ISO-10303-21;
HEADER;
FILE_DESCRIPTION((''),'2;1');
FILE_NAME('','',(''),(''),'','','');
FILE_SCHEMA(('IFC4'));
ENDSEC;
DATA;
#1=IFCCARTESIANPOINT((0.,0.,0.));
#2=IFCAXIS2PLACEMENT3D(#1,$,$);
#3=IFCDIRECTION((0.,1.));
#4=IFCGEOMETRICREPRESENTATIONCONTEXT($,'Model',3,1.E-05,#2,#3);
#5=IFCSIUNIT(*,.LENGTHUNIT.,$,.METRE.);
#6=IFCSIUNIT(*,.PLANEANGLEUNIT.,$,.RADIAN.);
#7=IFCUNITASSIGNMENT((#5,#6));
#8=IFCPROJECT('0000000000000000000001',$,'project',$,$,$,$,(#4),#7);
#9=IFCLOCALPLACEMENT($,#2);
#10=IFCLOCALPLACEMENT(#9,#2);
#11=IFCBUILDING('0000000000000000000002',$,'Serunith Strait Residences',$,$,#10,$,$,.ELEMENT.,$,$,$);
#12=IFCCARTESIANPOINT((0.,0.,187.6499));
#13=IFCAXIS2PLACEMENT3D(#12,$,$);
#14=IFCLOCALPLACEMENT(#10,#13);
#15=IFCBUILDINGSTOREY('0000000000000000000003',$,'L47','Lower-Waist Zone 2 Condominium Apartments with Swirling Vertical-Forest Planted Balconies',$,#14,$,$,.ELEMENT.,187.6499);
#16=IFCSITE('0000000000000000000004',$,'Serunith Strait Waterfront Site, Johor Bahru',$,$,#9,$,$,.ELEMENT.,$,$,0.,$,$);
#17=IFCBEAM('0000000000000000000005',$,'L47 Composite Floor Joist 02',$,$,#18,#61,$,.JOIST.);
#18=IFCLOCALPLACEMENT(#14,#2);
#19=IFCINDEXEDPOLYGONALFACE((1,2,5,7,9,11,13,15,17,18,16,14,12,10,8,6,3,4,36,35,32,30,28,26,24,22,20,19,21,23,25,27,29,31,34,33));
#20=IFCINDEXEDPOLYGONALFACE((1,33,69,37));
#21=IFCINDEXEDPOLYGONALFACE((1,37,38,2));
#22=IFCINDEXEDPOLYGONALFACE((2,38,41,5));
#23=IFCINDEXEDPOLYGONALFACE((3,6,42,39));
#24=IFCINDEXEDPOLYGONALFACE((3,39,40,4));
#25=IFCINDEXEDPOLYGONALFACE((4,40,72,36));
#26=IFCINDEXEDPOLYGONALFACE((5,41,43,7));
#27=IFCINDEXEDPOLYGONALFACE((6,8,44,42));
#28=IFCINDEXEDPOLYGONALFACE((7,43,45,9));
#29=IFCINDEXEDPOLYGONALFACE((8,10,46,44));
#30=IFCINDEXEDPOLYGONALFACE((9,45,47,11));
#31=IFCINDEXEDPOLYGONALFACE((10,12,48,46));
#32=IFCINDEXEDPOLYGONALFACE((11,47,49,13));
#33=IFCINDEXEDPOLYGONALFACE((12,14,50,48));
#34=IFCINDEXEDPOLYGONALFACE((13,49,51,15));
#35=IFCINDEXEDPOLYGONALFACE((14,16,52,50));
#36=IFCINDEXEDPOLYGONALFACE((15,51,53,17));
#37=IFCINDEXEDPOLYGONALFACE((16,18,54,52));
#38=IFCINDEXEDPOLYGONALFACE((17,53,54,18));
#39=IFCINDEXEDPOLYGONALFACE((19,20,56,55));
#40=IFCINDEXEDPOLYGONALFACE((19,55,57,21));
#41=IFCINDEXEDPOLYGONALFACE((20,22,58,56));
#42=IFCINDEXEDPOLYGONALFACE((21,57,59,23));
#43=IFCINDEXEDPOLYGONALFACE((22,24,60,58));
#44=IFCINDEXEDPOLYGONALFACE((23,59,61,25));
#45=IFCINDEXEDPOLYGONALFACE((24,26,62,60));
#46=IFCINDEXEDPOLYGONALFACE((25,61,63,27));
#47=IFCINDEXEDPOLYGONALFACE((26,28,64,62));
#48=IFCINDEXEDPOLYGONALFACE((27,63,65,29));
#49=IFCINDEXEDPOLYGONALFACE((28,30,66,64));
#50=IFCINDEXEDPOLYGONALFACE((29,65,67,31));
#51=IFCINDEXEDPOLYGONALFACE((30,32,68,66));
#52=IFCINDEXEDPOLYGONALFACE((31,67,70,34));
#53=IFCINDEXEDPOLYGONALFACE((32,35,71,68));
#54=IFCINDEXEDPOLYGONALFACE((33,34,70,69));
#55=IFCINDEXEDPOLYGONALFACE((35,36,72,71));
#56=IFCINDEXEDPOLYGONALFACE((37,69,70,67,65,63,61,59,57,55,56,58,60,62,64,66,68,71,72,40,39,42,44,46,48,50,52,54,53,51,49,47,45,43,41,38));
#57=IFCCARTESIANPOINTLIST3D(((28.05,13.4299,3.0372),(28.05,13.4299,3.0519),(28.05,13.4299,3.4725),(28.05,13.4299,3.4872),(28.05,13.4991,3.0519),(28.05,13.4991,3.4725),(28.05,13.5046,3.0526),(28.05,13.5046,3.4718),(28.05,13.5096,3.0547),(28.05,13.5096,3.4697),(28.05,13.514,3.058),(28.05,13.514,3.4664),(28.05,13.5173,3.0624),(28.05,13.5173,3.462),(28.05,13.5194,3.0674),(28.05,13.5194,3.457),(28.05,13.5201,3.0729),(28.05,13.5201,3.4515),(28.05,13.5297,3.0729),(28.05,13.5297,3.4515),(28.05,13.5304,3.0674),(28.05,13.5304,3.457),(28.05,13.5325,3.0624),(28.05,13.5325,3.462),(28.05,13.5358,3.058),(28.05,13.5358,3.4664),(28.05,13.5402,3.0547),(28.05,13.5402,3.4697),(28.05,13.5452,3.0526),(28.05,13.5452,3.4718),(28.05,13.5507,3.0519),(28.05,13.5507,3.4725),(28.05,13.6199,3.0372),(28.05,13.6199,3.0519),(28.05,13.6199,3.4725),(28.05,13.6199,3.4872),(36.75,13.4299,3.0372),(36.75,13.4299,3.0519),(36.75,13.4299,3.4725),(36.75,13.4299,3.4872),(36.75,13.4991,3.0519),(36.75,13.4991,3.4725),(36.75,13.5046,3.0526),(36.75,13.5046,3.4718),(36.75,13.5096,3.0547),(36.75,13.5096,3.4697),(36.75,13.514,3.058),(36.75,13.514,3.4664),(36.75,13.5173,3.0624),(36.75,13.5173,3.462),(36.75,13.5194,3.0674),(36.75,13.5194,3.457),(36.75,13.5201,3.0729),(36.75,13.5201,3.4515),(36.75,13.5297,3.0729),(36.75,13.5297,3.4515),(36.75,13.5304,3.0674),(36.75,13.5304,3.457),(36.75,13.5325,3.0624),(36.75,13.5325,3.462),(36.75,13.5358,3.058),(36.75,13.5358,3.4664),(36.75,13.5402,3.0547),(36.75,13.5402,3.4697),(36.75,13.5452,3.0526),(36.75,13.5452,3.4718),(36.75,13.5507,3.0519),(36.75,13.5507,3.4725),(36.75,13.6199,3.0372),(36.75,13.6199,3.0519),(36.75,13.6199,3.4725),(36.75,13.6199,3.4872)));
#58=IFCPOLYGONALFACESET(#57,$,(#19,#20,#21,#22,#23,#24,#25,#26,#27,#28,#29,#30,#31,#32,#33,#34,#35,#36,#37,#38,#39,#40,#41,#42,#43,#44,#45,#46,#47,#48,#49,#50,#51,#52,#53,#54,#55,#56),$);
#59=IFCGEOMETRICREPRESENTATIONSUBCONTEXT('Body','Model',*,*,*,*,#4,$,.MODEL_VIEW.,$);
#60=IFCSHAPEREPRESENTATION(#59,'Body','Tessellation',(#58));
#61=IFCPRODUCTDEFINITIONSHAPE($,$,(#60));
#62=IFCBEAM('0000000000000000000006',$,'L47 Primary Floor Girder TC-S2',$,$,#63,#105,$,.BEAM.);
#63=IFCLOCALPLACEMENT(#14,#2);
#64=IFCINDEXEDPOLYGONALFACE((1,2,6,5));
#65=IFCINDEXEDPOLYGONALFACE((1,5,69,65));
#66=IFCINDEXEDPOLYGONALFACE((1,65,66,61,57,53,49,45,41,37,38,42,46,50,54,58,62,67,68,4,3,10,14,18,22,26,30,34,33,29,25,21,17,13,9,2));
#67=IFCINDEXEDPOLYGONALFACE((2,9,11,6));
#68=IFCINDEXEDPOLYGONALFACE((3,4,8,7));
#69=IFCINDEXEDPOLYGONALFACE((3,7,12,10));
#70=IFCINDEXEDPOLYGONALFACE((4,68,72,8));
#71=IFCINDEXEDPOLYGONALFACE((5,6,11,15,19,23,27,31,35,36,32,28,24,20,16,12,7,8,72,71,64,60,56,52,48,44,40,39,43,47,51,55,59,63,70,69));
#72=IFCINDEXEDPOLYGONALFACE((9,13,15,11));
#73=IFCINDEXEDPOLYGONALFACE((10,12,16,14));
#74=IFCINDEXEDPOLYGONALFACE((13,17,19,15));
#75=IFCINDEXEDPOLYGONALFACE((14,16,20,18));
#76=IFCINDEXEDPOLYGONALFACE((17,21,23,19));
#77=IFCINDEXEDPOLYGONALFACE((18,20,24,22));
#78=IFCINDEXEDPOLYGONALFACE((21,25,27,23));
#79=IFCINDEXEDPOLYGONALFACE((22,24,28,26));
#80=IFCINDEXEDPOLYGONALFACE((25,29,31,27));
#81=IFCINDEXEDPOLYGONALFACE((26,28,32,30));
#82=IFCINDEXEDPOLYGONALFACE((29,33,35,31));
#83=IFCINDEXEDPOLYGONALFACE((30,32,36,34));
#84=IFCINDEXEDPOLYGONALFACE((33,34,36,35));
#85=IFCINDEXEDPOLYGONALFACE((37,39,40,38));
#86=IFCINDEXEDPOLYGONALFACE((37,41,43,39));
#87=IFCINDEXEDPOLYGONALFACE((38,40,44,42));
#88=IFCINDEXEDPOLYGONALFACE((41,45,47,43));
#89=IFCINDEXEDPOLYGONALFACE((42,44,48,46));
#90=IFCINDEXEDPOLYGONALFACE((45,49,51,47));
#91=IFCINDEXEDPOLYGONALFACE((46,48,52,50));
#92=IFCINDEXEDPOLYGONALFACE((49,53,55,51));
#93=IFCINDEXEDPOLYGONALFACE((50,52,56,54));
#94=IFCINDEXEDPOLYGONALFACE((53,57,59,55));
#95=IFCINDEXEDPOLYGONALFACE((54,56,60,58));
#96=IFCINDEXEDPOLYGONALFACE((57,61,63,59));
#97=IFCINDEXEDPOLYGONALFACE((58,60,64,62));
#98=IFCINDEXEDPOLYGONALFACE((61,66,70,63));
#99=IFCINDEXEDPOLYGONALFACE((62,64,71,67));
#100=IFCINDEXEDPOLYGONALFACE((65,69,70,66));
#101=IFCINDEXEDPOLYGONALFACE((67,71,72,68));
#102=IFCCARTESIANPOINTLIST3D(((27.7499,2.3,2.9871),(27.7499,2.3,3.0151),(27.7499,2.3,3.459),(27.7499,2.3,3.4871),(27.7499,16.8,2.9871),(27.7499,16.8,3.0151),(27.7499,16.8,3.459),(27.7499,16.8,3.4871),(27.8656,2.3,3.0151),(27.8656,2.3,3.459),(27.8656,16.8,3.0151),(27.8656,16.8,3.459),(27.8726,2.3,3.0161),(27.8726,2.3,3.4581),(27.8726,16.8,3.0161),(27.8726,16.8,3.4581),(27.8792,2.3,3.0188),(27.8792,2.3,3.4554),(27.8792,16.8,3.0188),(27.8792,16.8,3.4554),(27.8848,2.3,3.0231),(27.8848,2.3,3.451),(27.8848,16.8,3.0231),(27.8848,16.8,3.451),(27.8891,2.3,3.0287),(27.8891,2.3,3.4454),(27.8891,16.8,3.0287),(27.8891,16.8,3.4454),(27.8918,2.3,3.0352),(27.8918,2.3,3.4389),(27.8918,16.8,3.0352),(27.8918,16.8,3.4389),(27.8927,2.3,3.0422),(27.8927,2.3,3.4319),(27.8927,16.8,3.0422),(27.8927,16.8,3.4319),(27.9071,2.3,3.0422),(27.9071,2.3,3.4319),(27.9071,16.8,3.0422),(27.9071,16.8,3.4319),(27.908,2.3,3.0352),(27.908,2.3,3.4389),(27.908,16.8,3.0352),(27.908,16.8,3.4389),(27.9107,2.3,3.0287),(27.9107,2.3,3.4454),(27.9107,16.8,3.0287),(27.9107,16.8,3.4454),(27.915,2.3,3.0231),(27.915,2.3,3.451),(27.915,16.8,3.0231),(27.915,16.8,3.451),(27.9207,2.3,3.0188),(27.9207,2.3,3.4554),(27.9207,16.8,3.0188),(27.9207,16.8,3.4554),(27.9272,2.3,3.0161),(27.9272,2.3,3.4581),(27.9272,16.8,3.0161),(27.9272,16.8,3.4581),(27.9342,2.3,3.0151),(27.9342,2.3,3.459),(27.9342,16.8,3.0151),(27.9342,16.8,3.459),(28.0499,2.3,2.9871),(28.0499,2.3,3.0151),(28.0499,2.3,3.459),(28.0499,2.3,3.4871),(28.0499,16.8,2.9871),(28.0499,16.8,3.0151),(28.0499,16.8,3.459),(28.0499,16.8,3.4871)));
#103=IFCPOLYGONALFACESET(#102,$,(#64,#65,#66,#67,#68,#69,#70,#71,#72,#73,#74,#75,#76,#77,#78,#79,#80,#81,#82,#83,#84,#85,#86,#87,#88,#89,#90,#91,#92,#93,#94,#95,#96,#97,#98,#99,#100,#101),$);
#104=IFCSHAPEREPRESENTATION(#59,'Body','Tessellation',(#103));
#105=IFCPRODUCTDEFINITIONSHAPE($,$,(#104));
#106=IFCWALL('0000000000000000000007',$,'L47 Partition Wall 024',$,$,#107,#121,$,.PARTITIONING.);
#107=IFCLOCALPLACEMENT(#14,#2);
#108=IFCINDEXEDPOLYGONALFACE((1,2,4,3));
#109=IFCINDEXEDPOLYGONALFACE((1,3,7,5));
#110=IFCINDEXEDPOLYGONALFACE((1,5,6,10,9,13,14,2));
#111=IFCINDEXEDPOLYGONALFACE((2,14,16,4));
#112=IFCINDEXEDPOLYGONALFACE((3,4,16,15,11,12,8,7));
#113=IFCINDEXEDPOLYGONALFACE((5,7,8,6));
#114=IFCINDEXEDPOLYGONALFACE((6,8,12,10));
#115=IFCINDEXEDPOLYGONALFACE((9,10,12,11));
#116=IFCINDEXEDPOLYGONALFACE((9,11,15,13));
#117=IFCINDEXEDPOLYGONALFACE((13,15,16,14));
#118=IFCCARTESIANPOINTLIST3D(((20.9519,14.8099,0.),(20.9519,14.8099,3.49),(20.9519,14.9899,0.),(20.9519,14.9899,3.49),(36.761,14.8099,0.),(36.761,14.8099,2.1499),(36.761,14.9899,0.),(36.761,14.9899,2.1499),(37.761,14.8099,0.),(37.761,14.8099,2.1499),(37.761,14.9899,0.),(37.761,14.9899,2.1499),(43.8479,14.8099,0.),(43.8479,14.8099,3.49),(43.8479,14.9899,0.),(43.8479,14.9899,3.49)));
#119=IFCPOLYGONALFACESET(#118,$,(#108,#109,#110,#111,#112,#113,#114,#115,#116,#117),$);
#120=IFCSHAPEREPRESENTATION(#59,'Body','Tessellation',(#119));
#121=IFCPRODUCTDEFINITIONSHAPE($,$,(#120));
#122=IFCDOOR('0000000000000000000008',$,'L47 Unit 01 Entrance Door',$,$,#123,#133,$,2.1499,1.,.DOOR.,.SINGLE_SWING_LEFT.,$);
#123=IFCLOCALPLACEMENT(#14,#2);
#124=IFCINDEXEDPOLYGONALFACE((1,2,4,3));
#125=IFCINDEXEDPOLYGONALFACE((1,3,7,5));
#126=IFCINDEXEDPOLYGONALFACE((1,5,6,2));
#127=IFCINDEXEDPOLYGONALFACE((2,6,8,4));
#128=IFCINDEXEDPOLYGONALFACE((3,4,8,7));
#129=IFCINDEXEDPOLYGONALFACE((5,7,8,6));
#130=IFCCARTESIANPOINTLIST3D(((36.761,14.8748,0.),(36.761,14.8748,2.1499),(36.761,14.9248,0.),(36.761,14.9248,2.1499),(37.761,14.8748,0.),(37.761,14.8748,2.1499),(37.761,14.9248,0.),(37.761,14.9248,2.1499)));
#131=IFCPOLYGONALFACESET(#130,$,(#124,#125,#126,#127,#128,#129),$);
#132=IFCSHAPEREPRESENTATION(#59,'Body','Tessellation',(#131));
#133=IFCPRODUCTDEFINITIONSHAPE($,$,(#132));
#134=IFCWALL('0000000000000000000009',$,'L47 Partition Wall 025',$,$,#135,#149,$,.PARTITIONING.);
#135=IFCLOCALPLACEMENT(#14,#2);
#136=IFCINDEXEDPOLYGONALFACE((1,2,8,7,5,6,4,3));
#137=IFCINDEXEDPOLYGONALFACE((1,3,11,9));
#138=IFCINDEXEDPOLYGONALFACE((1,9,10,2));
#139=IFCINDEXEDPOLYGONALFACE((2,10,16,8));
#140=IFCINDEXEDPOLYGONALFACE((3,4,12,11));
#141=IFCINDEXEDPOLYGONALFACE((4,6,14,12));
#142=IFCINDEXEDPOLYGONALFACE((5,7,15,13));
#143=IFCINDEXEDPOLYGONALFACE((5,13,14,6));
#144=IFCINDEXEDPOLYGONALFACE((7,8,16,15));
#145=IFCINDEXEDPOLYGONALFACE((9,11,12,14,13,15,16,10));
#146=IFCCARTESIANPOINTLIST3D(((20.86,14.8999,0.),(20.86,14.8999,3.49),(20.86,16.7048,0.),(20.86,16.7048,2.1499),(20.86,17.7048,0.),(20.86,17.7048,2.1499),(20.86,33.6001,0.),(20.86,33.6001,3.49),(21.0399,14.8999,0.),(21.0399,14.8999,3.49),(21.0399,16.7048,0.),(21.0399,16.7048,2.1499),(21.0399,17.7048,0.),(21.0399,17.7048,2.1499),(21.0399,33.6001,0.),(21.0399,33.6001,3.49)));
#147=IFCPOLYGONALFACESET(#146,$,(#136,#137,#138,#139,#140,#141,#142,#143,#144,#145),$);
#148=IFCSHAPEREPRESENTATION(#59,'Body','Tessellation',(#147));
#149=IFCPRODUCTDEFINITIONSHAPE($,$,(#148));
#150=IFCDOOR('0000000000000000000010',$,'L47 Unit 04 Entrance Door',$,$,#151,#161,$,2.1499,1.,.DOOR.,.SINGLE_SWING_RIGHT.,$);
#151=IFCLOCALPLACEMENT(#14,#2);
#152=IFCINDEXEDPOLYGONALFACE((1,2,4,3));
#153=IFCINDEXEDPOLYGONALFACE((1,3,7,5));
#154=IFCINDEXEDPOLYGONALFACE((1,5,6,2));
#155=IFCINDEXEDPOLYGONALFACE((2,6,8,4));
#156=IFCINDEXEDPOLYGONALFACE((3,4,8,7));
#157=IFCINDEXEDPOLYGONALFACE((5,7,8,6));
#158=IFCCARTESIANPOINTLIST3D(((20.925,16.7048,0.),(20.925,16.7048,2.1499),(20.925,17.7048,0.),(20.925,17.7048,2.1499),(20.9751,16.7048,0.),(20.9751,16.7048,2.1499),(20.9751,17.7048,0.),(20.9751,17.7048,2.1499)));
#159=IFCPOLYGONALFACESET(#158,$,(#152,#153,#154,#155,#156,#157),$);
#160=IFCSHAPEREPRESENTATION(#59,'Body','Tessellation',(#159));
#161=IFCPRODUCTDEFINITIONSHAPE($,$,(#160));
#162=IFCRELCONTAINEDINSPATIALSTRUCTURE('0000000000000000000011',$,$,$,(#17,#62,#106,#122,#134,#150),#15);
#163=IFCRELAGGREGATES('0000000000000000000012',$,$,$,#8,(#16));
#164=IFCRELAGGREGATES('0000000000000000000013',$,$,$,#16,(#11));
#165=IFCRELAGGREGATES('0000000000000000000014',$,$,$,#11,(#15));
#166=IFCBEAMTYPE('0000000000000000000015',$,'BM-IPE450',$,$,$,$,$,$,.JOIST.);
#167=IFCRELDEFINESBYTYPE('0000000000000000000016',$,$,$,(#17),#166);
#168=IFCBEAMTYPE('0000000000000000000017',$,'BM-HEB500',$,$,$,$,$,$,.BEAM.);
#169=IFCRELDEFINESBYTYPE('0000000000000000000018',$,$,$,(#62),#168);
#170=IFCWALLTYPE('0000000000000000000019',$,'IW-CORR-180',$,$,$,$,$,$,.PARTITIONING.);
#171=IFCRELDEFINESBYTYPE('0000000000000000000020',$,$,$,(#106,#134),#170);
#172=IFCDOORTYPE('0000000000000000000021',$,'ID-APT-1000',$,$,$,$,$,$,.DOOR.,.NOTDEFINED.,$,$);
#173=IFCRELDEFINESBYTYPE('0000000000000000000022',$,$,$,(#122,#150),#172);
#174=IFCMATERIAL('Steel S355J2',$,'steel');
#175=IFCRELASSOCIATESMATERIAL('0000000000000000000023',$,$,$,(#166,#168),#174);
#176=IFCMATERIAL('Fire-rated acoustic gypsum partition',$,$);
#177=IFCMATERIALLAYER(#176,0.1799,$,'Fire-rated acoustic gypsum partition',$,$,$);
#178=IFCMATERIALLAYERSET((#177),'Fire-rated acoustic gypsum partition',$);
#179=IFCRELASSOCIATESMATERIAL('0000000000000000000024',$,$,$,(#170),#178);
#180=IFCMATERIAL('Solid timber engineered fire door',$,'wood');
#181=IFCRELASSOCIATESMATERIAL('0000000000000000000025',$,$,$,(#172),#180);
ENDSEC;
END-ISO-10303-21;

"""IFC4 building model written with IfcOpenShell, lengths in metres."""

from ifc_helpers import new_model, si_unit, direction, frame, frame_2d, origin, origin_2d, place, context, subcontext, project, spatial, rectangle, i_section, extrude, source, transform, mapped, material, layer, layer_set, material_profile, profile_set, type_object, element, fill, save


model = new_model("IFC4")

# Units and contexts
model_context = context("Model", 3, precision=1e-05, world=origin(), true_north=direction((0.0, 1.0)))
body_context = subcontext(model_context, "Body", "Model", "MODEL_VIEW")
ifc_project = project(units=[si_unit("LENGTHUNIT", "METRE"), si_unit("PLANEANGLEUNIT", "RADIAN")], contexts=[model_context])

# Site, building, storey
site_placement = place(None, origin())
site = spatial("IfcSite", under=ifc_project, at=site_placement, Name="Serunith Strait Waterfront Site, Johor Bahru", CompositionType="ELEMENT", RefElevation=0.0)
building_placement = place(site_placement, origin())
building = spatial("IfcBuilding", under=site, at=building_placement, Name="Serunith Strait Residences", CompositionType="ELEMENT")
storey_placement = place(building_placement, frame((0.0, 0.0, 187.6499)))
storey = spatial("IfcBuildingStorey", under=building, at=storey_placement, Name="L47", Description="Lower-Waist Zone 2 Condominium Apartments with Swirling Vertical-Forest Planted Balconies", CompositionType="ELEMENT", Elevation=187.6499)

# Beams
ifc_material_1 = material(Name="Steel S355J2", Category="steel")
ifc_material_profile_1 = material_profile(ifc_material_1, i_section(OverallWidth=0.1899, OverallDepth=0.45, WebThickness=0.0095, FlangeThickness=0.0146, FilletRadius=0.021, at=origin_2d()), Name="IPE 450")
ifc_profile_set_1 = profile_set([ifc_material_profile_1], Name="Steel S355J2")
beam_type_1 = type_object("IfcBeamType", Name="BM-IPE450", PredefinedType="JOIST", material=ifc_profile_set_1)
shared_shape_1 = source(origin(), body_context, "Body", "SweptSolid", [
    extrude(i_section(OverallWidth=0.1899, OverallDepth=0.45, WebThickness=0.0095, FlangeThickness=0.0146, FilletRadius=0.021, at=origin_2d()), origin(), (0.0, 0.0, 1.0), 8.7),
])
beam_1_placement = place(storey_placement, frame((28.05, 13.5249, 3.2622), z_axis=(1.0, 0.0, 0.0), x_axis=(0.0, 1.0, 0.0)))
element("IfcBeam", 1, at=beam_1_placement, inside=storey, type_object=beam_type_1, Name="L47 Composite Floor Joist 02", PredefinedType="JOIST", context=body_context, shape_type="MappedRepresentation", body=[
    mapped(shared_shape_1, transform((0.0, 0.0, 0.0), scale=1.0)),
])
ifc_material_profile_2 = material_profile(ifc_material_1, i_section(OverallWidth=0.3, OverallDepth=0.5, WebThickness=0.0144, FlangeThickness=0.0281, FilletRadius=0.0271, at=origin_2d()), Name="HEB 500")
ifc_profile_set_2 = profile_set([ifc_material_profile_2], Name="Steel S355J2")
beam_type_2 = type_object("IfcBeamType", Name="BM-HEB500", PredefinedType="BEAM", material=ifc_profile_set_2)
shared_shape_2 = source(origin(), body_context, "Body", "SweptSolid", [
    extrude(i_section(OverallWidth=0.3, OverallDepth=0.5, WebThickness=0.0144, FlangeThickness=0.0281, FilletRadius=0.0271, at=origin_2d()), origin(), (0.0, 0.0, 1.0), 14.5),
])
beam_2_placement = place(storey_placement, frame((27.8999, 16.8, 3.2371), z_axis=(0.0, -1.0, 0.0), x_axis=(1.0, 0.0, 0.0)))
element("IfcBeam", 2, at=beam_2_placement, inside=storey, type_object=beam_type_2, Name="L47 Primary Floor Girder TC-S2", PredefinedType="BEAM", context=body_context, shape_type="MappedRepresentation", body=[
    mapped(shared_shape_2, transform((0.0, 0.0, 0.0), scale=1.0)),
])

# Walls, openings, doors
ifc_material_2 = material(Name="Fire-rated acoustic gypsum partition")
ifc_layer_1 = layer(ifc_material_2, 0.1799, Name="Fire-rated acoustic gypsum partition")
ifc_layer_set_1 = layer_set([ifc_layer_1], Name="Fire-rated acoustic gypsum partition")
wall_type_1 = type_object("IfcWallType", Name="IW-CORR-180", PredefinedType="PARTITIONING", material=ifc_layer_set_1)
wall_1_placement = place(storey_placement, frame((20.9519, 14.8999, 0.0), z_axis=(0.0, 0.0, 1.0), x_axis=(1.0, 0.0, 0.0)))
wall_1 = element("IfcWall", 3, at=wall_1_placement, inside=storey, type_object=wall_type_1, Name="L47 Partition Wall 024", PredefinedType="PARTITIONING", context=body_context, shape_type="SweptSolid", body=[
    extrude(rectangle(XDim=22.896, YDim=0.1799, at=frame_2d((11.448, 0.0))), origin(), (0.0, 0.0, 1.0), 3.49),
])
opening_1_placement = place(wall_1_placement, frame((15.8091, 0.0, 0.0)))
opening_1 = element("IfcOpeningElement", 4, at=opening_1_placement, cuts=wall_1, PredefinedType="OPENING", context=body_context, shape_type="SweptSolid", body=[
    extrude(rectangle(XDim=1.0, YDim=2.1499, at=frame_2d((0.5, 1.075))), frame((0.0, 0.1001, 0.0), z_axis=(0.0, -1.0, 0.0), x_axis=(1.0, 0.0, 0.0)), (0.0, 0.0, 1.0), 0.2),
])
ifc_material_3 = material(Name="Solid timber engineered fire door", Category="wood")
door_type_1 = type_object("IfcDoorType", Name="ID-APT-1000", OperationType="NOTDEFINED", PredefinedType="DOOR", material=ifc_material_3)
shared_shape_3 = source(origin(), body_context, "Body", "SweptSolid", [
    extrude(rectangle(XDim=1.0, YDim=2.1499, at=frame_2d((0.5, 1.075))), frame((0.0, 0.0249, 0.0), z_axis=(0.0, -1.0, 0.0), x_axis=(1.0, 0.0, 0.0)), (0.0, 0.0, 1.0), 0.05),
])
door_1_placement = place(opening_1_placement, origin())
door_1 = element("IfcDoor", 5, at=door_1_placement, inside=storey, type_object=door_type_1, Name="L47 Unit 01 Entrance Door", OperationType="SINGLE_SWING_LEFT", OverallHeight=2.1499, OverallWidth=1.0, PredefinedType="DOOR", context=body_context, shape_type="MappedRepresentation", body=[
    mapped(shared_shape_3, transform((0.0, 0.0, 0.0), scale=1.0)),
])
fill(opening_1, door_1)
wall_2_placement = place(storey_placement, frame((20.95, 14.8999, 0.0), z_axis=(0.0, 0.0, 1.0), x_axis=(0.0, 1.0, 0.0)))
wall_2 = element("IfcWall", 6, at=wall_2_placement, inside=storey, type_object=wall_type_1, Name="L47 Partition Wall 025", PredefinedType="PARTITIONING", context=body_context, shape_type="SweptSolid", body=[
    extrude(rectangle(XDim=18.7002, YDim=0.1799, at=frame_2d((9.3501, 0.0))), origin(), (0.0, 0.0, 1.0), 3.49),
])
opening_2_placement = place(wall_2_placement, frame((1.8049, 0.0, 0.0)))
opening_2 = element("IfcOpeningElement", 7, at=opening_2_placement, cuts=wall_2, PredefinedType="OPENING", context=body_context, shape_type="SweptSolid", body=[
    extrude(rectangle(XDim=1.0, YDim=2.1499, at=frame_2d((0.5, 1.075))), frame((0.0, 0.1001, 0.0), z_axis=(0.0, -1.0, 0.0), x_axis=(1.0, 0.0, 0.0)), (0.0, 0.0, 1.0), 0.2),
])
door_2_placement = place(opening_2_placement, origin())
door_2 = element("IfcDoor", 8, at=door_2_placement, inside=storey, type_object=door_type_1, Name="L47 Unit 04 Entrance Door", OperationType="SINGLE_SWING_RIGHT", OverallHeight=2.1499, OverallWidth=1.0, PredefinedType="DOOR", context=body_context, shape_type="MappedRepresentation", body=[
    mapped(shared_shape_3, transform((0.0, 0.0, 0.0), scale=1.0)),
])
fill(opening_2, door_2)

save(model, "model.ifc")
